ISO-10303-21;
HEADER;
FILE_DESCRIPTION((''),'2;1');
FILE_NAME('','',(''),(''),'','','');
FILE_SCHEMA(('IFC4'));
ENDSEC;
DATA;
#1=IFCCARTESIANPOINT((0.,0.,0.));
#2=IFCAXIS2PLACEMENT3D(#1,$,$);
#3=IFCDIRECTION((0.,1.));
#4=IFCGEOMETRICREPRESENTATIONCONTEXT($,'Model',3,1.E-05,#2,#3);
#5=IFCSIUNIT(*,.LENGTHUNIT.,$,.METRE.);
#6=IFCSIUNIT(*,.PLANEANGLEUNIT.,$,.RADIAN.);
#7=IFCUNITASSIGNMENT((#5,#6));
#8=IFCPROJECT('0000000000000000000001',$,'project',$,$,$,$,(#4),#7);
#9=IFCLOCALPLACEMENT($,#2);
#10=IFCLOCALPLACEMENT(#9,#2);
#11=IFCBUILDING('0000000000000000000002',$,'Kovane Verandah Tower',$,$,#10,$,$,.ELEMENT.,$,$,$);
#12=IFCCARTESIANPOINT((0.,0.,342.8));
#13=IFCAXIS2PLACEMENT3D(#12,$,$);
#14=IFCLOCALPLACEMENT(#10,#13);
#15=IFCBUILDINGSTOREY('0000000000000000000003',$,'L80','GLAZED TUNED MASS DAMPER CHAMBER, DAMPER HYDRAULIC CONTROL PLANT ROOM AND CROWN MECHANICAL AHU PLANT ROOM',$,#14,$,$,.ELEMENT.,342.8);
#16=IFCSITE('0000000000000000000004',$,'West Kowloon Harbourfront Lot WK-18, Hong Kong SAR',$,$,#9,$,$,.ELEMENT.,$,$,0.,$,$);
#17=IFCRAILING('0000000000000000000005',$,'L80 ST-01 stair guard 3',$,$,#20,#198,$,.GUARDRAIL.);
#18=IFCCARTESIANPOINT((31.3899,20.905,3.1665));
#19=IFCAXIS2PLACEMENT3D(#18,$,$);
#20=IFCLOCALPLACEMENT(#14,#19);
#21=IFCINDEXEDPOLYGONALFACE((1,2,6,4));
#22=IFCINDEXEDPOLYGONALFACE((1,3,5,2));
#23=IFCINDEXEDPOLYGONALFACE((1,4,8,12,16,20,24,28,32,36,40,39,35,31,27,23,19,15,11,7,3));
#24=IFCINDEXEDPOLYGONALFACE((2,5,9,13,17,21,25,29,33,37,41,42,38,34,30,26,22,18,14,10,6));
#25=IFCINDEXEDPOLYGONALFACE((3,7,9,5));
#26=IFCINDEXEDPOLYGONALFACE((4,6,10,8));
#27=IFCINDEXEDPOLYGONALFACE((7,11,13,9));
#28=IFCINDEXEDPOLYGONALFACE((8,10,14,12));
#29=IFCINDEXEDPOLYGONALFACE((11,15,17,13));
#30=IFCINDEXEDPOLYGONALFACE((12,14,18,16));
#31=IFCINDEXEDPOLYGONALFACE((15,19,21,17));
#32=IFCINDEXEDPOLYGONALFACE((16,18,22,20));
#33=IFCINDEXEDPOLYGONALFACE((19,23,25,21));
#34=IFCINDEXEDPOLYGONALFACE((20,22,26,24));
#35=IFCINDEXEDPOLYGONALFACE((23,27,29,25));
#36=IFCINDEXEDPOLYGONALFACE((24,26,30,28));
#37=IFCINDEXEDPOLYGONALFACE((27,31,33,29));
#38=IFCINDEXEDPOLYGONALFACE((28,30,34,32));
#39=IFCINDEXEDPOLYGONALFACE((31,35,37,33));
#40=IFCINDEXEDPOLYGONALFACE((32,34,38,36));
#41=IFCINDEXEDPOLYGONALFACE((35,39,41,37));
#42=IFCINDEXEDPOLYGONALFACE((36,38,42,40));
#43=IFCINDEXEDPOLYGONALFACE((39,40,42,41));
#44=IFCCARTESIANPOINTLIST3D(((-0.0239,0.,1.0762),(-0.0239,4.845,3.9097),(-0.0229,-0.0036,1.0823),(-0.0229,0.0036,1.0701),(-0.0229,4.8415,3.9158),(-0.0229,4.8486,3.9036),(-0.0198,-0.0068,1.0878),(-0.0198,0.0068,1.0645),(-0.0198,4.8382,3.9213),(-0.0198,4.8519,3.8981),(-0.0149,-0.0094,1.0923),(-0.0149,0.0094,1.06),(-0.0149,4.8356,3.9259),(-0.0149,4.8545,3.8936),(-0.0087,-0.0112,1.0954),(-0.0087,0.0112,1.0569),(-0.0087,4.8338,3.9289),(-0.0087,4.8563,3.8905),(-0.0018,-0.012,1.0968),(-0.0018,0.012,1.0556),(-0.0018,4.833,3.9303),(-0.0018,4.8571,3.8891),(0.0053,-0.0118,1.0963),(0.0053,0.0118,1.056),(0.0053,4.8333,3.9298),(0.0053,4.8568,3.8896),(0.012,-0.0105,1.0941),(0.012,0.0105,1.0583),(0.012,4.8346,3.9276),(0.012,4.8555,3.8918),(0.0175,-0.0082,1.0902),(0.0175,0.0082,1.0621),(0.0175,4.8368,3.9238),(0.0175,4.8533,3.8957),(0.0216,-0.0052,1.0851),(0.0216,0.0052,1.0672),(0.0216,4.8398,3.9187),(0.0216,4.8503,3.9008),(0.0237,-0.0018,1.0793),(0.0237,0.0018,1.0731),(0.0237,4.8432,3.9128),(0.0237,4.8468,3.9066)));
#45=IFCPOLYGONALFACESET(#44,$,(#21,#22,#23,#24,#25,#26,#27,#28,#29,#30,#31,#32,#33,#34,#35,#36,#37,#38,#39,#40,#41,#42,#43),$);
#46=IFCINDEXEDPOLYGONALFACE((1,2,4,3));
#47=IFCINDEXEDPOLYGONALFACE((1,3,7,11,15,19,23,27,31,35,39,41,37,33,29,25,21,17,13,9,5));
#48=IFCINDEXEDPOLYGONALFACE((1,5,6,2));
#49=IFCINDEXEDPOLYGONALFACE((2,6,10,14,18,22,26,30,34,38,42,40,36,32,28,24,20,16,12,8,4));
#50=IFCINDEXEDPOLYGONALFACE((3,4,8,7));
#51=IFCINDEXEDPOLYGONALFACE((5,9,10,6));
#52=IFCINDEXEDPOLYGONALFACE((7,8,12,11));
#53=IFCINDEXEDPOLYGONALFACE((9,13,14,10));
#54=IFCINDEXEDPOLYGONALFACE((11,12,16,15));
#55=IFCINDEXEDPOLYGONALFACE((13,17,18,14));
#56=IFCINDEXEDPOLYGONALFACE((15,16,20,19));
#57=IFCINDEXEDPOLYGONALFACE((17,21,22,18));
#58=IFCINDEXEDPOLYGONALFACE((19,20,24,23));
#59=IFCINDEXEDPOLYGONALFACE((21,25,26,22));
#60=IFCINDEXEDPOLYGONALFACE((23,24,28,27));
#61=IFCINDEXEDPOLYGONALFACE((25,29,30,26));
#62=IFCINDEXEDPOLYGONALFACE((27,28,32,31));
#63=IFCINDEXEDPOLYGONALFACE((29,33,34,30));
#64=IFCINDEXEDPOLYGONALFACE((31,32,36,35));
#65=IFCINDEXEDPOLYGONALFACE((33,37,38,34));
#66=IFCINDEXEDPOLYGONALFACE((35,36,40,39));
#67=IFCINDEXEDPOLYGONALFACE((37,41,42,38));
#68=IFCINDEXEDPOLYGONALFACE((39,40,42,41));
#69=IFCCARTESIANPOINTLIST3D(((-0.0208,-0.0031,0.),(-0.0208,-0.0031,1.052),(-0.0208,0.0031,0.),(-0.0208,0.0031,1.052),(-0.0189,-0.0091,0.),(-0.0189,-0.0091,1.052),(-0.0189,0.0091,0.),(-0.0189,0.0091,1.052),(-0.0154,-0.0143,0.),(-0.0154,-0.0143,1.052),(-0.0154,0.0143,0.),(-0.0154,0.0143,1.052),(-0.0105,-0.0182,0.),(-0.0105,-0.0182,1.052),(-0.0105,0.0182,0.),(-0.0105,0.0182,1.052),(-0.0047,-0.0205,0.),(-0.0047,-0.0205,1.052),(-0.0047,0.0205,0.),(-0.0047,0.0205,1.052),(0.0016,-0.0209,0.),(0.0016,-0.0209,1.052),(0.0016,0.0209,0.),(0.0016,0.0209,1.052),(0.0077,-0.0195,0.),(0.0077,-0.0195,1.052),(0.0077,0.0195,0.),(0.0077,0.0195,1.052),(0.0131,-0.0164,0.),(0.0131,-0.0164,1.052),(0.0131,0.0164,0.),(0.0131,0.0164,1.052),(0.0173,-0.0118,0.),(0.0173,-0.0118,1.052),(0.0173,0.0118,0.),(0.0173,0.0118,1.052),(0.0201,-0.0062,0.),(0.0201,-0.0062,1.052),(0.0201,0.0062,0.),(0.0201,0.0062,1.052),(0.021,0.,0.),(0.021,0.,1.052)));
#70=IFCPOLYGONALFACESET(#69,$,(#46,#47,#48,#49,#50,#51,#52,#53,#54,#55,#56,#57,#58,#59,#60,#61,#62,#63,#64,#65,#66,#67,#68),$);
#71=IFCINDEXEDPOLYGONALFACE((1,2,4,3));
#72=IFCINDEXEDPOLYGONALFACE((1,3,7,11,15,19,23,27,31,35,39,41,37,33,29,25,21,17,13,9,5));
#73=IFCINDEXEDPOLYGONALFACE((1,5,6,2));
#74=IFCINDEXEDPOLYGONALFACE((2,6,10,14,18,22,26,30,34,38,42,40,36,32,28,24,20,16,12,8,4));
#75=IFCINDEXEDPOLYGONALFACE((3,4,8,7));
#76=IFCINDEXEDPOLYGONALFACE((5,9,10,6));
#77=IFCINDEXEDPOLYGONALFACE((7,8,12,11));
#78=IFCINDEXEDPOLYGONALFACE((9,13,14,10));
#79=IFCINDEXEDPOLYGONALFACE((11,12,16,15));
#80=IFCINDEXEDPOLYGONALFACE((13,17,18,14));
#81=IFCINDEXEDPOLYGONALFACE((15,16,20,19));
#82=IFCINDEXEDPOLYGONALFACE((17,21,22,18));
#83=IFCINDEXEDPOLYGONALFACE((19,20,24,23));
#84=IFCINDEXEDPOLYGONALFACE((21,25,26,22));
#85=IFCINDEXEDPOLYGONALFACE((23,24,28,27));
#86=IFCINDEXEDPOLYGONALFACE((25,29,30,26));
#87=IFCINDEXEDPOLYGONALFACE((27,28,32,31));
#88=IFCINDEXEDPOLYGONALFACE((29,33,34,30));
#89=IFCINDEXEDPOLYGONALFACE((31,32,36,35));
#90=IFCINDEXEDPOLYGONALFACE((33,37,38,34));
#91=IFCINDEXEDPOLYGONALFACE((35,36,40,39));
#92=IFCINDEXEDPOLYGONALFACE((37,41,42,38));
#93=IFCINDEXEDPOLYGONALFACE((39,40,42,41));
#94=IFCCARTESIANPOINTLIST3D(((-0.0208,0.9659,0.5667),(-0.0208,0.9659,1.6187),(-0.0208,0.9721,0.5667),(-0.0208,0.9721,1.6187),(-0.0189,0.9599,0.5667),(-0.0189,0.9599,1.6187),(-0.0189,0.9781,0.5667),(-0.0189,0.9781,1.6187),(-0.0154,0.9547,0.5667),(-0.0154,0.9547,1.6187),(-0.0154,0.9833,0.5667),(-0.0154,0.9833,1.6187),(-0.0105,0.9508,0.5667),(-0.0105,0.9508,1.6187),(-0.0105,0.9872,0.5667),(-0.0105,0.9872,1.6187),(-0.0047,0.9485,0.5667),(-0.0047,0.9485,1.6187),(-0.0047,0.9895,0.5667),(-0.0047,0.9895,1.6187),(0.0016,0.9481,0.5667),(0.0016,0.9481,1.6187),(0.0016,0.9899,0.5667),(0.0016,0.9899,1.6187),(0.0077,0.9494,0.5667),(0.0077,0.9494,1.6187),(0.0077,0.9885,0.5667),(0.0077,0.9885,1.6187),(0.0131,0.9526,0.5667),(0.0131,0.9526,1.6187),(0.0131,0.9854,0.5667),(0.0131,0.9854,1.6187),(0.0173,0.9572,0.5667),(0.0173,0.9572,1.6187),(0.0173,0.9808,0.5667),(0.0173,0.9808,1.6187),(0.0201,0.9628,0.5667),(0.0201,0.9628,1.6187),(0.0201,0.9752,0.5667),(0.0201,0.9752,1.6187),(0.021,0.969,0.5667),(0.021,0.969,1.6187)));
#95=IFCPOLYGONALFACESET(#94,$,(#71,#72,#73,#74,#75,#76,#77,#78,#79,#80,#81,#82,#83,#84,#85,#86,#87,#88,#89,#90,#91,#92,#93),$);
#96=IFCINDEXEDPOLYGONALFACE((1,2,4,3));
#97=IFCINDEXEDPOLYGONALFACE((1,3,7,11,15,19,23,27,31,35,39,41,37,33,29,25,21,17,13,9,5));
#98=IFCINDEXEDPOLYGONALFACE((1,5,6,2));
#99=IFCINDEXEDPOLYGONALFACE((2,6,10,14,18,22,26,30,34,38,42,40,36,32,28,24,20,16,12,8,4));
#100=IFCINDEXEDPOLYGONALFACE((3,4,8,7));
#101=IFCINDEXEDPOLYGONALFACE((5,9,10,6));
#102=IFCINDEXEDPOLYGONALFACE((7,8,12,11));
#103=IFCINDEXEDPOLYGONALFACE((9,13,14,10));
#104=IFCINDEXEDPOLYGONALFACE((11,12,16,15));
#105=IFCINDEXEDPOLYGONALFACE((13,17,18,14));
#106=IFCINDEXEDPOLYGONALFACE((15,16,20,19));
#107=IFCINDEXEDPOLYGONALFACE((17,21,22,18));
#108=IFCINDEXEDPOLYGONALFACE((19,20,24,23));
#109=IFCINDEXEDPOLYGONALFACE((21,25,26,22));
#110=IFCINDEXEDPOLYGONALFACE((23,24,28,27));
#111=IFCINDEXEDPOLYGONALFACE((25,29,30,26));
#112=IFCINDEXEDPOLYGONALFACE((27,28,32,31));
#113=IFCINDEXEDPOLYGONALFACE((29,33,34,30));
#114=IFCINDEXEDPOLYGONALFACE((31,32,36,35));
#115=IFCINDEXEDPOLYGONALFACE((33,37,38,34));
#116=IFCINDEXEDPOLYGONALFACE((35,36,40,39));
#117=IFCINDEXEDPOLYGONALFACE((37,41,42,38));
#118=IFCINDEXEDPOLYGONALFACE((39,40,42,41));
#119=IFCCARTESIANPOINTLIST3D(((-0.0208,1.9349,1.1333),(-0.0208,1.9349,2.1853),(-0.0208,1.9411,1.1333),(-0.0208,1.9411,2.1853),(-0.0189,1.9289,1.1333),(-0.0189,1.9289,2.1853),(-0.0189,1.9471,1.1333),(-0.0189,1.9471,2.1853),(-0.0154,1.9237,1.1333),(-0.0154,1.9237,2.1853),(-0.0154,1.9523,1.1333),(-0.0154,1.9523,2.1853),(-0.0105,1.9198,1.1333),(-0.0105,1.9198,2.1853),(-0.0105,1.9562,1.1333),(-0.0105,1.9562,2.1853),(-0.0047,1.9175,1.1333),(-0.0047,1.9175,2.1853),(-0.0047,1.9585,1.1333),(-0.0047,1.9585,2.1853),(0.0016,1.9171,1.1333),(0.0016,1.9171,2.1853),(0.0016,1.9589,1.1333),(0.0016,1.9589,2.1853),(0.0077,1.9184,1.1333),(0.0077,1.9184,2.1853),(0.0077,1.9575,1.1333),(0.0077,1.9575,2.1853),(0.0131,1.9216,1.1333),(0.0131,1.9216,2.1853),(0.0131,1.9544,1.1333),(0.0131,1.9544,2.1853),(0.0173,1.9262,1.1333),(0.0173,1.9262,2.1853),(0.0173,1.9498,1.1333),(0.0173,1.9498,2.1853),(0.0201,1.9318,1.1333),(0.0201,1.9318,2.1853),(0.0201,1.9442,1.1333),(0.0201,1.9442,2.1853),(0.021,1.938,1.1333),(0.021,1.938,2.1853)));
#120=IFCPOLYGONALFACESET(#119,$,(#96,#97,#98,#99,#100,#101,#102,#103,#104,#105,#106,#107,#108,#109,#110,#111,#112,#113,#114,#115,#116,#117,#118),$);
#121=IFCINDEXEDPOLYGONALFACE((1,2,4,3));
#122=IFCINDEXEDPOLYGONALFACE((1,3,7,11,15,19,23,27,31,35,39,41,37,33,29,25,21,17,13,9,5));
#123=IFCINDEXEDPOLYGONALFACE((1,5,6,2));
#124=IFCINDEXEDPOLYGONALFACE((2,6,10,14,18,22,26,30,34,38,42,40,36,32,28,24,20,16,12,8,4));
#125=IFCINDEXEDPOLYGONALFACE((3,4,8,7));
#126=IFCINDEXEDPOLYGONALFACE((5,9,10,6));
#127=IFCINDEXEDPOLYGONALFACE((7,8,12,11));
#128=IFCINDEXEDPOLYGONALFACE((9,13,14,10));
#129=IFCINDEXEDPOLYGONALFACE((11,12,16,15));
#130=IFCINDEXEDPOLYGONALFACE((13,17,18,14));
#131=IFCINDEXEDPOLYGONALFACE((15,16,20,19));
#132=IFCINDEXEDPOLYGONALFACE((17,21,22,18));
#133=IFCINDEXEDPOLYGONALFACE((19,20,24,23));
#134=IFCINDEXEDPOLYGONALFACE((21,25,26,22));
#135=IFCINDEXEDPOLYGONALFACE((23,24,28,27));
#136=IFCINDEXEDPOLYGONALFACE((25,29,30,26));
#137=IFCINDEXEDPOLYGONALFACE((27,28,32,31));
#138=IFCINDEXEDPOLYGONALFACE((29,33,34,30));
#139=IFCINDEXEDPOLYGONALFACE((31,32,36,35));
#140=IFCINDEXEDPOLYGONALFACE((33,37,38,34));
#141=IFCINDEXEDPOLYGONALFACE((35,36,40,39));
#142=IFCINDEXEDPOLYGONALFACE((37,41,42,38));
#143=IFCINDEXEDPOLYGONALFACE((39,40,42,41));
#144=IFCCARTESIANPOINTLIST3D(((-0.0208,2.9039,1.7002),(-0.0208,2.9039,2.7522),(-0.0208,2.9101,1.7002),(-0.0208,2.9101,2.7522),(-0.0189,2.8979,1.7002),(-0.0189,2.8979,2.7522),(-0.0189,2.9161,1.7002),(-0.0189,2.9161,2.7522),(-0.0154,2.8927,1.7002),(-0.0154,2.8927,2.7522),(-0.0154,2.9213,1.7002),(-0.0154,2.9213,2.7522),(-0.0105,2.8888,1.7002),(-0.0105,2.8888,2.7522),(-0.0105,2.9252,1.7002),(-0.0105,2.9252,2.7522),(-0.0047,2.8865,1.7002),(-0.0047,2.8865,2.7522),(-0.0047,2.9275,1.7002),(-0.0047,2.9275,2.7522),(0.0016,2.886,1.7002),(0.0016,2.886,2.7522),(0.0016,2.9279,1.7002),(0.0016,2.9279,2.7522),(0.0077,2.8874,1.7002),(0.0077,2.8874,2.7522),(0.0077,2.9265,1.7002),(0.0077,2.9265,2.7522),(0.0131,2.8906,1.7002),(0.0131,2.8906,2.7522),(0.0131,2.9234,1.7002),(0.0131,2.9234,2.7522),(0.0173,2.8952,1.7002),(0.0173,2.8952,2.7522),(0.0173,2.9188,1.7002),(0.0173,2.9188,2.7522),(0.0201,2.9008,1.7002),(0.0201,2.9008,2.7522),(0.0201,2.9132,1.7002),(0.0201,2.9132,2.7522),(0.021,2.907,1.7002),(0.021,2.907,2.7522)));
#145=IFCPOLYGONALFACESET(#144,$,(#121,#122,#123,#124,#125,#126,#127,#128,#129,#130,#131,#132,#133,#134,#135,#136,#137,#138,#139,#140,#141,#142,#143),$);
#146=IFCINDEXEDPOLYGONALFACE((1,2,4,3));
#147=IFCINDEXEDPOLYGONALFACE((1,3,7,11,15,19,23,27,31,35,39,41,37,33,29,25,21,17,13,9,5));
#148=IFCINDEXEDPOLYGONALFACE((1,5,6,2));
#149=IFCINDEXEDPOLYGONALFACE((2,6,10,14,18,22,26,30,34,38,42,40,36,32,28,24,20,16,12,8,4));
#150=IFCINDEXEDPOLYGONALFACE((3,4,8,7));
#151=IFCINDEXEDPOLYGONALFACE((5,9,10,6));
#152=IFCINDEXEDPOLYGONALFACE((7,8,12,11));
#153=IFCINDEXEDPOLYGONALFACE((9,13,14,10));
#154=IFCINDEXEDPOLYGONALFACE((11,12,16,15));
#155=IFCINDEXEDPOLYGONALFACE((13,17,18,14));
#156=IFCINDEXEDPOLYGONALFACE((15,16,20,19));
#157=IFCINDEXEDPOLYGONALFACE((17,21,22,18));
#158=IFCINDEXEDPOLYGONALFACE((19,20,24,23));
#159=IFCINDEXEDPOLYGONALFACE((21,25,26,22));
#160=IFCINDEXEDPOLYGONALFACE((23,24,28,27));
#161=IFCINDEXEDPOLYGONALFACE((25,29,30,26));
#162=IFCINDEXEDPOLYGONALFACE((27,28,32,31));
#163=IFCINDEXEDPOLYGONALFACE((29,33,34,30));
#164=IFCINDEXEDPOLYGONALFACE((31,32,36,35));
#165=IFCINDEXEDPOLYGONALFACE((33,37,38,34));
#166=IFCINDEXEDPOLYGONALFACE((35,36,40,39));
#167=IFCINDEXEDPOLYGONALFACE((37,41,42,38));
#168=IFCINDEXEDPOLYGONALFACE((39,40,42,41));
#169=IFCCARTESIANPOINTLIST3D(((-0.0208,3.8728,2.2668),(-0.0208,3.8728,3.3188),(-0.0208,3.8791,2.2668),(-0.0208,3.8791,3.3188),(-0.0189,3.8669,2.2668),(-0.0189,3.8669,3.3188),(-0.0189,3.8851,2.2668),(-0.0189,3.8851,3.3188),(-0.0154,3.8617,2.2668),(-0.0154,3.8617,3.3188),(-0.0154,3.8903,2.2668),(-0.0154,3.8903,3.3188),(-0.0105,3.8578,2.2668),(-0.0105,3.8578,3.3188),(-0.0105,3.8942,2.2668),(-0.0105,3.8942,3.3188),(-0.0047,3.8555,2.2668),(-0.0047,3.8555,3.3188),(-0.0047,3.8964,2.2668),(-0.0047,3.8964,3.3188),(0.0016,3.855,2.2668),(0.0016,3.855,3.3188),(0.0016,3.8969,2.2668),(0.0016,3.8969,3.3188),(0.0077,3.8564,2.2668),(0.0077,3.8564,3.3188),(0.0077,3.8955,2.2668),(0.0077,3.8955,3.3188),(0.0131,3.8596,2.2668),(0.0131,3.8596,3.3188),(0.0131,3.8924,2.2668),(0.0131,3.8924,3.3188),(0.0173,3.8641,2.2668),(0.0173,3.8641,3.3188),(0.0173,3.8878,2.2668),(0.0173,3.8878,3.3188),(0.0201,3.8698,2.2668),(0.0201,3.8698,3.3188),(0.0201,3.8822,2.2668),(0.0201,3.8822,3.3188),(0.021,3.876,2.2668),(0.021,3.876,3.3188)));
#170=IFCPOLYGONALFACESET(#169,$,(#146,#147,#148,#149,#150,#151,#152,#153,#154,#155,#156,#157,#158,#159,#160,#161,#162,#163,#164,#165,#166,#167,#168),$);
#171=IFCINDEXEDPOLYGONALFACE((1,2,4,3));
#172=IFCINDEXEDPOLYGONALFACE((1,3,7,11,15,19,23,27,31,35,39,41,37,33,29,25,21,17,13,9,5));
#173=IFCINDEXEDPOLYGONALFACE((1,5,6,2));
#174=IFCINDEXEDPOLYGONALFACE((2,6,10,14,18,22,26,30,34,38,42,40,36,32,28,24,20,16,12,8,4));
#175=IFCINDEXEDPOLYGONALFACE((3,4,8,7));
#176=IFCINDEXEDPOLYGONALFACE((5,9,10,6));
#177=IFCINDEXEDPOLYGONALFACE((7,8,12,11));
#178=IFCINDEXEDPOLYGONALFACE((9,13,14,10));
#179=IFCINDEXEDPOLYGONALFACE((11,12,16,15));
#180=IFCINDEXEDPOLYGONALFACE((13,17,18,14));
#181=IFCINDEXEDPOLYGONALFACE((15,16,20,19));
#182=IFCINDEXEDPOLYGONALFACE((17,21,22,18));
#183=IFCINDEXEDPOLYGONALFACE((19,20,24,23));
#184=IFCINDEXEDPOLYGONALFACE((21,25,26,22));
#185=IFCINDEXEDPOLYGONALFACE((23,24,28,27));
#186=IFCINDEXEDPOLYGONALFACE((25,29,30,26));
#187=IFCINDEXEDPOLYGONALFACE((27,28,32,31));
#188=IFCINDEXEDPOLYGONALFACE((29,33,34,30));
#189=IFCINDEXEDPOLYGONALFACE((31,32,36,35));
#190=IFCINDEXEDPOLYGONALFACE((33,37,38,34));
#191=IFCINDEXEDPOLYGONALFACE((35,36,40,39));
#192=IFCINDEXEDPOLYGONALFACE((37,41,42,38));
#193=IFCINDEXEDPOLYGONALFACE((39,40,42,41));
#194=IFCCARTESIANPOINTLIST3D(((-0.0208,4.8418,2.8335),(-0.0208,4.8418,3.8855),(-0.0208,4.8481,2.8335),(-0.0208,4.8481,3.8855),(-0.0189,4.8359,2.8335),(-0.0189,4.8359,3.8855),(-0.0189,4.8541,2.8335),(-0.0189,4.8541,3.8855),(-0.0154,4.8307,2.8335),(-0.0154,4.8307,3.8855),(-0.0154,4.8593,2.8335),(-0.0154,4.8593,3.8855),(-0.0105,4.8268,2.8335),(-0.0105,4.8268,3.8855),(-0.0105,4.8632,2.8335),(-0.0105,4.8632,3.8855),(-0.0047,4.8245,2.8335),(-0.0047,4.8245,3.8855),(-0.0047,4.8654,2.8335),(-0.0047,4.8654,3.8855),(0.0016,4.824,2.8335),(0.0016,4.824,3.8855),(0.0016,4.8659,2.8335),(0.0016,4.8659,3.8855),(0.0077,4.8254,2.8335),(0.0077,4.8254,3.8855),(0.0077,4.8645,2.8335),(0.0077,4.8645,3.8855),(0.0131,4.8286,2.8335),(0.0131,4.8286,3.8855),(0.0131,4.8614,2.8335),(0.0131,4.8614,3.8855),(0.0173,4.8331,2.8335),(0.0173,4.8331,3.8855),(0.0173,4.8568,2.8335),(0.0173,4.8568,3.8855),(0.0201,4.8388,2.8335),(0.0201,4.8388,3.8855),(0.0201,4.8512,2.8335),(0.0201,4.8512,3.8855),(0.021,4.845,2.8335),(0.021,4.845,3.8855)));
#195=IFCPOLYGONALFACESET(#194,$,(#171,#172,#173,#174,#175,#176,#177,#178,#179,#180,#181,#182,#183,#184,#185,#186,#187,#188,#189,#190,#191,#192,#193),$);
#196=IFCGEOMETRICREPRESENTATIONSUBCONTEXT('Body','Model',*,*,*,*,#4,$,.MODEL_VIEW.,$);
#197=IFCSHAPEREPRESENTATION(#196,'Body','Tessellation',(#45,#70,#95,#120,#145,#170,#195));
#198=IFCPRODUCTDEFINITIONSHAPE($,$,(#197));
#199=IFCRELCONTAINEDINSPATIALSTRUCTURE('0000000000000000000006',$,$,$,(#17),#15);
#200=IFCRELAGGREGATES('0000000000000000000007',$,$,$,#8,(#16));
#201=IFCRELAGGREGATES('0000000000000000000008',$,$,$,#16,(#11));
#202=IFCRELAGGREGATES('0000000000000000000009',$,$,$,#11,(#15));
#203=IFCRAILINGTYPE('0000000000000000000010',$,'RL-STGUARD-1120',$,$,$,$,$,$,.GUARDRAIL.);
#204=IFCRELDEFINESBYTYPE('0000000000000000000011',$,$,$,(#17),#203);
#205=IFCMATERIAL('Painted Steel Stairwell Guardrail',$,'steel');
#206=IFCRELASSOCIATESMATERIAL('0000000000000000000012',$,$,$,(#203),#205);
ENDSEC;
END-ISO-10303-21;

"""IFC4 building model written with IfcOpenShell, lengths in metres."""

from ifc_helpers import new_model, si_unit, direction, frame, origin, origin_2d, place, context, subcontext, project, spatial, circle, extrude, material, type_object, element, save


model = new_model("IFC4")

# Units and contexts
model_context = context("Model", 3, precision=1e-05, world=origin(), true_north=direction((0.0, 1.0)))
body_context = subcontext(model_context, "Body", "Model", "MODEL_VIEW")
ifc_project = project(units=[si_unit("LENGTHUNIT", "METRE"), si_unit("PLANEANGLEUNIT", "RADIAN")], contexts=[model_context])

# Site, building, storey
site_placement = place(None, origin())
site = spatial("IfcSite", under=ifc_project, at=site_placement, Name="West Kowloon Harbourfront Lot WK-18, Hong Kong SAR", CompositionType="ELEMENT", RefElevation=0.0)
building_placement = place(site_placement, origin())
building = spatial("IfcBuilding", under=site, at=building_placement, Name="Kovane Verandah Tower", CompositionType="ELEMENT")
storey_placement = place(building_placement, frame((0.0, 0.0, 342.8)))
storey = spatial("IfcBuildingStorey", under=building, at=storey_placement, Name="L80", Description="GLAZED TUNED MASS DAMPER CHAMBER, DAMPER HYDRAULIC CONTROL PLANT ROOM AND CROWN MECHANICAL AHU PLANT ROOM", CompositionType="ELEMENT", Elevation=342.8)

# Railing
ifc_material_1 = material(Name="Painted Steel Stairwell Guardrail", Category="steel")
railing_type_1 = type_object("IfcRailingType", Name="RL-STGUARD-1120", PredefinedType="GUARDRAIL", material=ifc_material_1)
railing_1_placement = place(storey_placement, frame((31.3899, 20.905, 3.1665)))
element("IfcRailing", 1, at=railing_1_placement, inside=storey, type_object=railing_type_1, Name="L80 ST-01 stair guard 3", PredefinedType="GUARDRAIL", context=body_context, shape_type="SweptSolid", body=[
    extrude(circle(Radius=0.0239, at=origin_2d()), frame((0.0, 0.0, 1.0762), z_axis=(0.0, 0.863215, 0.504836), x_axis=(-1.0, 0.0, 0.0)), (0.0, 0.0, 1.0), 5.6128),
    extrude(circle(Radius=0.021, at=origin_2d()), origin(), (0.0, 0.0, 1.0), 1.052),
    extrude(circle(Radius=0.021, at=origin_2d()), frame((0.0, 0.969, 0.5667)), (0.0, 0.0, 1.0), 1.052),
    extrude(circle(Radius=0.021, at=origin_2d()), frame((0.0, 1.938, 1.1333)), (0.0, 0.0, 1.0), 1.052),
    extrude(circle(Radius=0.021, at=origin_2d()), frame((0.0, 2.907, 1.7002)), (0.0, 0.0, 1.0), 1.052),
    extrude(circle(Radius=0.021, at=origin_2d()), frame((0.0, 3.876, 2.2668)), (0.0, 0.0, 1.0), 1.052),
    extrude(circle(Radius=0.021, at=origin_2d()), frame((0.0, 4.845, 2.8335)), (0.0, 0.0, 1.0), 1.052),
])

save(model, "model.ifc")
